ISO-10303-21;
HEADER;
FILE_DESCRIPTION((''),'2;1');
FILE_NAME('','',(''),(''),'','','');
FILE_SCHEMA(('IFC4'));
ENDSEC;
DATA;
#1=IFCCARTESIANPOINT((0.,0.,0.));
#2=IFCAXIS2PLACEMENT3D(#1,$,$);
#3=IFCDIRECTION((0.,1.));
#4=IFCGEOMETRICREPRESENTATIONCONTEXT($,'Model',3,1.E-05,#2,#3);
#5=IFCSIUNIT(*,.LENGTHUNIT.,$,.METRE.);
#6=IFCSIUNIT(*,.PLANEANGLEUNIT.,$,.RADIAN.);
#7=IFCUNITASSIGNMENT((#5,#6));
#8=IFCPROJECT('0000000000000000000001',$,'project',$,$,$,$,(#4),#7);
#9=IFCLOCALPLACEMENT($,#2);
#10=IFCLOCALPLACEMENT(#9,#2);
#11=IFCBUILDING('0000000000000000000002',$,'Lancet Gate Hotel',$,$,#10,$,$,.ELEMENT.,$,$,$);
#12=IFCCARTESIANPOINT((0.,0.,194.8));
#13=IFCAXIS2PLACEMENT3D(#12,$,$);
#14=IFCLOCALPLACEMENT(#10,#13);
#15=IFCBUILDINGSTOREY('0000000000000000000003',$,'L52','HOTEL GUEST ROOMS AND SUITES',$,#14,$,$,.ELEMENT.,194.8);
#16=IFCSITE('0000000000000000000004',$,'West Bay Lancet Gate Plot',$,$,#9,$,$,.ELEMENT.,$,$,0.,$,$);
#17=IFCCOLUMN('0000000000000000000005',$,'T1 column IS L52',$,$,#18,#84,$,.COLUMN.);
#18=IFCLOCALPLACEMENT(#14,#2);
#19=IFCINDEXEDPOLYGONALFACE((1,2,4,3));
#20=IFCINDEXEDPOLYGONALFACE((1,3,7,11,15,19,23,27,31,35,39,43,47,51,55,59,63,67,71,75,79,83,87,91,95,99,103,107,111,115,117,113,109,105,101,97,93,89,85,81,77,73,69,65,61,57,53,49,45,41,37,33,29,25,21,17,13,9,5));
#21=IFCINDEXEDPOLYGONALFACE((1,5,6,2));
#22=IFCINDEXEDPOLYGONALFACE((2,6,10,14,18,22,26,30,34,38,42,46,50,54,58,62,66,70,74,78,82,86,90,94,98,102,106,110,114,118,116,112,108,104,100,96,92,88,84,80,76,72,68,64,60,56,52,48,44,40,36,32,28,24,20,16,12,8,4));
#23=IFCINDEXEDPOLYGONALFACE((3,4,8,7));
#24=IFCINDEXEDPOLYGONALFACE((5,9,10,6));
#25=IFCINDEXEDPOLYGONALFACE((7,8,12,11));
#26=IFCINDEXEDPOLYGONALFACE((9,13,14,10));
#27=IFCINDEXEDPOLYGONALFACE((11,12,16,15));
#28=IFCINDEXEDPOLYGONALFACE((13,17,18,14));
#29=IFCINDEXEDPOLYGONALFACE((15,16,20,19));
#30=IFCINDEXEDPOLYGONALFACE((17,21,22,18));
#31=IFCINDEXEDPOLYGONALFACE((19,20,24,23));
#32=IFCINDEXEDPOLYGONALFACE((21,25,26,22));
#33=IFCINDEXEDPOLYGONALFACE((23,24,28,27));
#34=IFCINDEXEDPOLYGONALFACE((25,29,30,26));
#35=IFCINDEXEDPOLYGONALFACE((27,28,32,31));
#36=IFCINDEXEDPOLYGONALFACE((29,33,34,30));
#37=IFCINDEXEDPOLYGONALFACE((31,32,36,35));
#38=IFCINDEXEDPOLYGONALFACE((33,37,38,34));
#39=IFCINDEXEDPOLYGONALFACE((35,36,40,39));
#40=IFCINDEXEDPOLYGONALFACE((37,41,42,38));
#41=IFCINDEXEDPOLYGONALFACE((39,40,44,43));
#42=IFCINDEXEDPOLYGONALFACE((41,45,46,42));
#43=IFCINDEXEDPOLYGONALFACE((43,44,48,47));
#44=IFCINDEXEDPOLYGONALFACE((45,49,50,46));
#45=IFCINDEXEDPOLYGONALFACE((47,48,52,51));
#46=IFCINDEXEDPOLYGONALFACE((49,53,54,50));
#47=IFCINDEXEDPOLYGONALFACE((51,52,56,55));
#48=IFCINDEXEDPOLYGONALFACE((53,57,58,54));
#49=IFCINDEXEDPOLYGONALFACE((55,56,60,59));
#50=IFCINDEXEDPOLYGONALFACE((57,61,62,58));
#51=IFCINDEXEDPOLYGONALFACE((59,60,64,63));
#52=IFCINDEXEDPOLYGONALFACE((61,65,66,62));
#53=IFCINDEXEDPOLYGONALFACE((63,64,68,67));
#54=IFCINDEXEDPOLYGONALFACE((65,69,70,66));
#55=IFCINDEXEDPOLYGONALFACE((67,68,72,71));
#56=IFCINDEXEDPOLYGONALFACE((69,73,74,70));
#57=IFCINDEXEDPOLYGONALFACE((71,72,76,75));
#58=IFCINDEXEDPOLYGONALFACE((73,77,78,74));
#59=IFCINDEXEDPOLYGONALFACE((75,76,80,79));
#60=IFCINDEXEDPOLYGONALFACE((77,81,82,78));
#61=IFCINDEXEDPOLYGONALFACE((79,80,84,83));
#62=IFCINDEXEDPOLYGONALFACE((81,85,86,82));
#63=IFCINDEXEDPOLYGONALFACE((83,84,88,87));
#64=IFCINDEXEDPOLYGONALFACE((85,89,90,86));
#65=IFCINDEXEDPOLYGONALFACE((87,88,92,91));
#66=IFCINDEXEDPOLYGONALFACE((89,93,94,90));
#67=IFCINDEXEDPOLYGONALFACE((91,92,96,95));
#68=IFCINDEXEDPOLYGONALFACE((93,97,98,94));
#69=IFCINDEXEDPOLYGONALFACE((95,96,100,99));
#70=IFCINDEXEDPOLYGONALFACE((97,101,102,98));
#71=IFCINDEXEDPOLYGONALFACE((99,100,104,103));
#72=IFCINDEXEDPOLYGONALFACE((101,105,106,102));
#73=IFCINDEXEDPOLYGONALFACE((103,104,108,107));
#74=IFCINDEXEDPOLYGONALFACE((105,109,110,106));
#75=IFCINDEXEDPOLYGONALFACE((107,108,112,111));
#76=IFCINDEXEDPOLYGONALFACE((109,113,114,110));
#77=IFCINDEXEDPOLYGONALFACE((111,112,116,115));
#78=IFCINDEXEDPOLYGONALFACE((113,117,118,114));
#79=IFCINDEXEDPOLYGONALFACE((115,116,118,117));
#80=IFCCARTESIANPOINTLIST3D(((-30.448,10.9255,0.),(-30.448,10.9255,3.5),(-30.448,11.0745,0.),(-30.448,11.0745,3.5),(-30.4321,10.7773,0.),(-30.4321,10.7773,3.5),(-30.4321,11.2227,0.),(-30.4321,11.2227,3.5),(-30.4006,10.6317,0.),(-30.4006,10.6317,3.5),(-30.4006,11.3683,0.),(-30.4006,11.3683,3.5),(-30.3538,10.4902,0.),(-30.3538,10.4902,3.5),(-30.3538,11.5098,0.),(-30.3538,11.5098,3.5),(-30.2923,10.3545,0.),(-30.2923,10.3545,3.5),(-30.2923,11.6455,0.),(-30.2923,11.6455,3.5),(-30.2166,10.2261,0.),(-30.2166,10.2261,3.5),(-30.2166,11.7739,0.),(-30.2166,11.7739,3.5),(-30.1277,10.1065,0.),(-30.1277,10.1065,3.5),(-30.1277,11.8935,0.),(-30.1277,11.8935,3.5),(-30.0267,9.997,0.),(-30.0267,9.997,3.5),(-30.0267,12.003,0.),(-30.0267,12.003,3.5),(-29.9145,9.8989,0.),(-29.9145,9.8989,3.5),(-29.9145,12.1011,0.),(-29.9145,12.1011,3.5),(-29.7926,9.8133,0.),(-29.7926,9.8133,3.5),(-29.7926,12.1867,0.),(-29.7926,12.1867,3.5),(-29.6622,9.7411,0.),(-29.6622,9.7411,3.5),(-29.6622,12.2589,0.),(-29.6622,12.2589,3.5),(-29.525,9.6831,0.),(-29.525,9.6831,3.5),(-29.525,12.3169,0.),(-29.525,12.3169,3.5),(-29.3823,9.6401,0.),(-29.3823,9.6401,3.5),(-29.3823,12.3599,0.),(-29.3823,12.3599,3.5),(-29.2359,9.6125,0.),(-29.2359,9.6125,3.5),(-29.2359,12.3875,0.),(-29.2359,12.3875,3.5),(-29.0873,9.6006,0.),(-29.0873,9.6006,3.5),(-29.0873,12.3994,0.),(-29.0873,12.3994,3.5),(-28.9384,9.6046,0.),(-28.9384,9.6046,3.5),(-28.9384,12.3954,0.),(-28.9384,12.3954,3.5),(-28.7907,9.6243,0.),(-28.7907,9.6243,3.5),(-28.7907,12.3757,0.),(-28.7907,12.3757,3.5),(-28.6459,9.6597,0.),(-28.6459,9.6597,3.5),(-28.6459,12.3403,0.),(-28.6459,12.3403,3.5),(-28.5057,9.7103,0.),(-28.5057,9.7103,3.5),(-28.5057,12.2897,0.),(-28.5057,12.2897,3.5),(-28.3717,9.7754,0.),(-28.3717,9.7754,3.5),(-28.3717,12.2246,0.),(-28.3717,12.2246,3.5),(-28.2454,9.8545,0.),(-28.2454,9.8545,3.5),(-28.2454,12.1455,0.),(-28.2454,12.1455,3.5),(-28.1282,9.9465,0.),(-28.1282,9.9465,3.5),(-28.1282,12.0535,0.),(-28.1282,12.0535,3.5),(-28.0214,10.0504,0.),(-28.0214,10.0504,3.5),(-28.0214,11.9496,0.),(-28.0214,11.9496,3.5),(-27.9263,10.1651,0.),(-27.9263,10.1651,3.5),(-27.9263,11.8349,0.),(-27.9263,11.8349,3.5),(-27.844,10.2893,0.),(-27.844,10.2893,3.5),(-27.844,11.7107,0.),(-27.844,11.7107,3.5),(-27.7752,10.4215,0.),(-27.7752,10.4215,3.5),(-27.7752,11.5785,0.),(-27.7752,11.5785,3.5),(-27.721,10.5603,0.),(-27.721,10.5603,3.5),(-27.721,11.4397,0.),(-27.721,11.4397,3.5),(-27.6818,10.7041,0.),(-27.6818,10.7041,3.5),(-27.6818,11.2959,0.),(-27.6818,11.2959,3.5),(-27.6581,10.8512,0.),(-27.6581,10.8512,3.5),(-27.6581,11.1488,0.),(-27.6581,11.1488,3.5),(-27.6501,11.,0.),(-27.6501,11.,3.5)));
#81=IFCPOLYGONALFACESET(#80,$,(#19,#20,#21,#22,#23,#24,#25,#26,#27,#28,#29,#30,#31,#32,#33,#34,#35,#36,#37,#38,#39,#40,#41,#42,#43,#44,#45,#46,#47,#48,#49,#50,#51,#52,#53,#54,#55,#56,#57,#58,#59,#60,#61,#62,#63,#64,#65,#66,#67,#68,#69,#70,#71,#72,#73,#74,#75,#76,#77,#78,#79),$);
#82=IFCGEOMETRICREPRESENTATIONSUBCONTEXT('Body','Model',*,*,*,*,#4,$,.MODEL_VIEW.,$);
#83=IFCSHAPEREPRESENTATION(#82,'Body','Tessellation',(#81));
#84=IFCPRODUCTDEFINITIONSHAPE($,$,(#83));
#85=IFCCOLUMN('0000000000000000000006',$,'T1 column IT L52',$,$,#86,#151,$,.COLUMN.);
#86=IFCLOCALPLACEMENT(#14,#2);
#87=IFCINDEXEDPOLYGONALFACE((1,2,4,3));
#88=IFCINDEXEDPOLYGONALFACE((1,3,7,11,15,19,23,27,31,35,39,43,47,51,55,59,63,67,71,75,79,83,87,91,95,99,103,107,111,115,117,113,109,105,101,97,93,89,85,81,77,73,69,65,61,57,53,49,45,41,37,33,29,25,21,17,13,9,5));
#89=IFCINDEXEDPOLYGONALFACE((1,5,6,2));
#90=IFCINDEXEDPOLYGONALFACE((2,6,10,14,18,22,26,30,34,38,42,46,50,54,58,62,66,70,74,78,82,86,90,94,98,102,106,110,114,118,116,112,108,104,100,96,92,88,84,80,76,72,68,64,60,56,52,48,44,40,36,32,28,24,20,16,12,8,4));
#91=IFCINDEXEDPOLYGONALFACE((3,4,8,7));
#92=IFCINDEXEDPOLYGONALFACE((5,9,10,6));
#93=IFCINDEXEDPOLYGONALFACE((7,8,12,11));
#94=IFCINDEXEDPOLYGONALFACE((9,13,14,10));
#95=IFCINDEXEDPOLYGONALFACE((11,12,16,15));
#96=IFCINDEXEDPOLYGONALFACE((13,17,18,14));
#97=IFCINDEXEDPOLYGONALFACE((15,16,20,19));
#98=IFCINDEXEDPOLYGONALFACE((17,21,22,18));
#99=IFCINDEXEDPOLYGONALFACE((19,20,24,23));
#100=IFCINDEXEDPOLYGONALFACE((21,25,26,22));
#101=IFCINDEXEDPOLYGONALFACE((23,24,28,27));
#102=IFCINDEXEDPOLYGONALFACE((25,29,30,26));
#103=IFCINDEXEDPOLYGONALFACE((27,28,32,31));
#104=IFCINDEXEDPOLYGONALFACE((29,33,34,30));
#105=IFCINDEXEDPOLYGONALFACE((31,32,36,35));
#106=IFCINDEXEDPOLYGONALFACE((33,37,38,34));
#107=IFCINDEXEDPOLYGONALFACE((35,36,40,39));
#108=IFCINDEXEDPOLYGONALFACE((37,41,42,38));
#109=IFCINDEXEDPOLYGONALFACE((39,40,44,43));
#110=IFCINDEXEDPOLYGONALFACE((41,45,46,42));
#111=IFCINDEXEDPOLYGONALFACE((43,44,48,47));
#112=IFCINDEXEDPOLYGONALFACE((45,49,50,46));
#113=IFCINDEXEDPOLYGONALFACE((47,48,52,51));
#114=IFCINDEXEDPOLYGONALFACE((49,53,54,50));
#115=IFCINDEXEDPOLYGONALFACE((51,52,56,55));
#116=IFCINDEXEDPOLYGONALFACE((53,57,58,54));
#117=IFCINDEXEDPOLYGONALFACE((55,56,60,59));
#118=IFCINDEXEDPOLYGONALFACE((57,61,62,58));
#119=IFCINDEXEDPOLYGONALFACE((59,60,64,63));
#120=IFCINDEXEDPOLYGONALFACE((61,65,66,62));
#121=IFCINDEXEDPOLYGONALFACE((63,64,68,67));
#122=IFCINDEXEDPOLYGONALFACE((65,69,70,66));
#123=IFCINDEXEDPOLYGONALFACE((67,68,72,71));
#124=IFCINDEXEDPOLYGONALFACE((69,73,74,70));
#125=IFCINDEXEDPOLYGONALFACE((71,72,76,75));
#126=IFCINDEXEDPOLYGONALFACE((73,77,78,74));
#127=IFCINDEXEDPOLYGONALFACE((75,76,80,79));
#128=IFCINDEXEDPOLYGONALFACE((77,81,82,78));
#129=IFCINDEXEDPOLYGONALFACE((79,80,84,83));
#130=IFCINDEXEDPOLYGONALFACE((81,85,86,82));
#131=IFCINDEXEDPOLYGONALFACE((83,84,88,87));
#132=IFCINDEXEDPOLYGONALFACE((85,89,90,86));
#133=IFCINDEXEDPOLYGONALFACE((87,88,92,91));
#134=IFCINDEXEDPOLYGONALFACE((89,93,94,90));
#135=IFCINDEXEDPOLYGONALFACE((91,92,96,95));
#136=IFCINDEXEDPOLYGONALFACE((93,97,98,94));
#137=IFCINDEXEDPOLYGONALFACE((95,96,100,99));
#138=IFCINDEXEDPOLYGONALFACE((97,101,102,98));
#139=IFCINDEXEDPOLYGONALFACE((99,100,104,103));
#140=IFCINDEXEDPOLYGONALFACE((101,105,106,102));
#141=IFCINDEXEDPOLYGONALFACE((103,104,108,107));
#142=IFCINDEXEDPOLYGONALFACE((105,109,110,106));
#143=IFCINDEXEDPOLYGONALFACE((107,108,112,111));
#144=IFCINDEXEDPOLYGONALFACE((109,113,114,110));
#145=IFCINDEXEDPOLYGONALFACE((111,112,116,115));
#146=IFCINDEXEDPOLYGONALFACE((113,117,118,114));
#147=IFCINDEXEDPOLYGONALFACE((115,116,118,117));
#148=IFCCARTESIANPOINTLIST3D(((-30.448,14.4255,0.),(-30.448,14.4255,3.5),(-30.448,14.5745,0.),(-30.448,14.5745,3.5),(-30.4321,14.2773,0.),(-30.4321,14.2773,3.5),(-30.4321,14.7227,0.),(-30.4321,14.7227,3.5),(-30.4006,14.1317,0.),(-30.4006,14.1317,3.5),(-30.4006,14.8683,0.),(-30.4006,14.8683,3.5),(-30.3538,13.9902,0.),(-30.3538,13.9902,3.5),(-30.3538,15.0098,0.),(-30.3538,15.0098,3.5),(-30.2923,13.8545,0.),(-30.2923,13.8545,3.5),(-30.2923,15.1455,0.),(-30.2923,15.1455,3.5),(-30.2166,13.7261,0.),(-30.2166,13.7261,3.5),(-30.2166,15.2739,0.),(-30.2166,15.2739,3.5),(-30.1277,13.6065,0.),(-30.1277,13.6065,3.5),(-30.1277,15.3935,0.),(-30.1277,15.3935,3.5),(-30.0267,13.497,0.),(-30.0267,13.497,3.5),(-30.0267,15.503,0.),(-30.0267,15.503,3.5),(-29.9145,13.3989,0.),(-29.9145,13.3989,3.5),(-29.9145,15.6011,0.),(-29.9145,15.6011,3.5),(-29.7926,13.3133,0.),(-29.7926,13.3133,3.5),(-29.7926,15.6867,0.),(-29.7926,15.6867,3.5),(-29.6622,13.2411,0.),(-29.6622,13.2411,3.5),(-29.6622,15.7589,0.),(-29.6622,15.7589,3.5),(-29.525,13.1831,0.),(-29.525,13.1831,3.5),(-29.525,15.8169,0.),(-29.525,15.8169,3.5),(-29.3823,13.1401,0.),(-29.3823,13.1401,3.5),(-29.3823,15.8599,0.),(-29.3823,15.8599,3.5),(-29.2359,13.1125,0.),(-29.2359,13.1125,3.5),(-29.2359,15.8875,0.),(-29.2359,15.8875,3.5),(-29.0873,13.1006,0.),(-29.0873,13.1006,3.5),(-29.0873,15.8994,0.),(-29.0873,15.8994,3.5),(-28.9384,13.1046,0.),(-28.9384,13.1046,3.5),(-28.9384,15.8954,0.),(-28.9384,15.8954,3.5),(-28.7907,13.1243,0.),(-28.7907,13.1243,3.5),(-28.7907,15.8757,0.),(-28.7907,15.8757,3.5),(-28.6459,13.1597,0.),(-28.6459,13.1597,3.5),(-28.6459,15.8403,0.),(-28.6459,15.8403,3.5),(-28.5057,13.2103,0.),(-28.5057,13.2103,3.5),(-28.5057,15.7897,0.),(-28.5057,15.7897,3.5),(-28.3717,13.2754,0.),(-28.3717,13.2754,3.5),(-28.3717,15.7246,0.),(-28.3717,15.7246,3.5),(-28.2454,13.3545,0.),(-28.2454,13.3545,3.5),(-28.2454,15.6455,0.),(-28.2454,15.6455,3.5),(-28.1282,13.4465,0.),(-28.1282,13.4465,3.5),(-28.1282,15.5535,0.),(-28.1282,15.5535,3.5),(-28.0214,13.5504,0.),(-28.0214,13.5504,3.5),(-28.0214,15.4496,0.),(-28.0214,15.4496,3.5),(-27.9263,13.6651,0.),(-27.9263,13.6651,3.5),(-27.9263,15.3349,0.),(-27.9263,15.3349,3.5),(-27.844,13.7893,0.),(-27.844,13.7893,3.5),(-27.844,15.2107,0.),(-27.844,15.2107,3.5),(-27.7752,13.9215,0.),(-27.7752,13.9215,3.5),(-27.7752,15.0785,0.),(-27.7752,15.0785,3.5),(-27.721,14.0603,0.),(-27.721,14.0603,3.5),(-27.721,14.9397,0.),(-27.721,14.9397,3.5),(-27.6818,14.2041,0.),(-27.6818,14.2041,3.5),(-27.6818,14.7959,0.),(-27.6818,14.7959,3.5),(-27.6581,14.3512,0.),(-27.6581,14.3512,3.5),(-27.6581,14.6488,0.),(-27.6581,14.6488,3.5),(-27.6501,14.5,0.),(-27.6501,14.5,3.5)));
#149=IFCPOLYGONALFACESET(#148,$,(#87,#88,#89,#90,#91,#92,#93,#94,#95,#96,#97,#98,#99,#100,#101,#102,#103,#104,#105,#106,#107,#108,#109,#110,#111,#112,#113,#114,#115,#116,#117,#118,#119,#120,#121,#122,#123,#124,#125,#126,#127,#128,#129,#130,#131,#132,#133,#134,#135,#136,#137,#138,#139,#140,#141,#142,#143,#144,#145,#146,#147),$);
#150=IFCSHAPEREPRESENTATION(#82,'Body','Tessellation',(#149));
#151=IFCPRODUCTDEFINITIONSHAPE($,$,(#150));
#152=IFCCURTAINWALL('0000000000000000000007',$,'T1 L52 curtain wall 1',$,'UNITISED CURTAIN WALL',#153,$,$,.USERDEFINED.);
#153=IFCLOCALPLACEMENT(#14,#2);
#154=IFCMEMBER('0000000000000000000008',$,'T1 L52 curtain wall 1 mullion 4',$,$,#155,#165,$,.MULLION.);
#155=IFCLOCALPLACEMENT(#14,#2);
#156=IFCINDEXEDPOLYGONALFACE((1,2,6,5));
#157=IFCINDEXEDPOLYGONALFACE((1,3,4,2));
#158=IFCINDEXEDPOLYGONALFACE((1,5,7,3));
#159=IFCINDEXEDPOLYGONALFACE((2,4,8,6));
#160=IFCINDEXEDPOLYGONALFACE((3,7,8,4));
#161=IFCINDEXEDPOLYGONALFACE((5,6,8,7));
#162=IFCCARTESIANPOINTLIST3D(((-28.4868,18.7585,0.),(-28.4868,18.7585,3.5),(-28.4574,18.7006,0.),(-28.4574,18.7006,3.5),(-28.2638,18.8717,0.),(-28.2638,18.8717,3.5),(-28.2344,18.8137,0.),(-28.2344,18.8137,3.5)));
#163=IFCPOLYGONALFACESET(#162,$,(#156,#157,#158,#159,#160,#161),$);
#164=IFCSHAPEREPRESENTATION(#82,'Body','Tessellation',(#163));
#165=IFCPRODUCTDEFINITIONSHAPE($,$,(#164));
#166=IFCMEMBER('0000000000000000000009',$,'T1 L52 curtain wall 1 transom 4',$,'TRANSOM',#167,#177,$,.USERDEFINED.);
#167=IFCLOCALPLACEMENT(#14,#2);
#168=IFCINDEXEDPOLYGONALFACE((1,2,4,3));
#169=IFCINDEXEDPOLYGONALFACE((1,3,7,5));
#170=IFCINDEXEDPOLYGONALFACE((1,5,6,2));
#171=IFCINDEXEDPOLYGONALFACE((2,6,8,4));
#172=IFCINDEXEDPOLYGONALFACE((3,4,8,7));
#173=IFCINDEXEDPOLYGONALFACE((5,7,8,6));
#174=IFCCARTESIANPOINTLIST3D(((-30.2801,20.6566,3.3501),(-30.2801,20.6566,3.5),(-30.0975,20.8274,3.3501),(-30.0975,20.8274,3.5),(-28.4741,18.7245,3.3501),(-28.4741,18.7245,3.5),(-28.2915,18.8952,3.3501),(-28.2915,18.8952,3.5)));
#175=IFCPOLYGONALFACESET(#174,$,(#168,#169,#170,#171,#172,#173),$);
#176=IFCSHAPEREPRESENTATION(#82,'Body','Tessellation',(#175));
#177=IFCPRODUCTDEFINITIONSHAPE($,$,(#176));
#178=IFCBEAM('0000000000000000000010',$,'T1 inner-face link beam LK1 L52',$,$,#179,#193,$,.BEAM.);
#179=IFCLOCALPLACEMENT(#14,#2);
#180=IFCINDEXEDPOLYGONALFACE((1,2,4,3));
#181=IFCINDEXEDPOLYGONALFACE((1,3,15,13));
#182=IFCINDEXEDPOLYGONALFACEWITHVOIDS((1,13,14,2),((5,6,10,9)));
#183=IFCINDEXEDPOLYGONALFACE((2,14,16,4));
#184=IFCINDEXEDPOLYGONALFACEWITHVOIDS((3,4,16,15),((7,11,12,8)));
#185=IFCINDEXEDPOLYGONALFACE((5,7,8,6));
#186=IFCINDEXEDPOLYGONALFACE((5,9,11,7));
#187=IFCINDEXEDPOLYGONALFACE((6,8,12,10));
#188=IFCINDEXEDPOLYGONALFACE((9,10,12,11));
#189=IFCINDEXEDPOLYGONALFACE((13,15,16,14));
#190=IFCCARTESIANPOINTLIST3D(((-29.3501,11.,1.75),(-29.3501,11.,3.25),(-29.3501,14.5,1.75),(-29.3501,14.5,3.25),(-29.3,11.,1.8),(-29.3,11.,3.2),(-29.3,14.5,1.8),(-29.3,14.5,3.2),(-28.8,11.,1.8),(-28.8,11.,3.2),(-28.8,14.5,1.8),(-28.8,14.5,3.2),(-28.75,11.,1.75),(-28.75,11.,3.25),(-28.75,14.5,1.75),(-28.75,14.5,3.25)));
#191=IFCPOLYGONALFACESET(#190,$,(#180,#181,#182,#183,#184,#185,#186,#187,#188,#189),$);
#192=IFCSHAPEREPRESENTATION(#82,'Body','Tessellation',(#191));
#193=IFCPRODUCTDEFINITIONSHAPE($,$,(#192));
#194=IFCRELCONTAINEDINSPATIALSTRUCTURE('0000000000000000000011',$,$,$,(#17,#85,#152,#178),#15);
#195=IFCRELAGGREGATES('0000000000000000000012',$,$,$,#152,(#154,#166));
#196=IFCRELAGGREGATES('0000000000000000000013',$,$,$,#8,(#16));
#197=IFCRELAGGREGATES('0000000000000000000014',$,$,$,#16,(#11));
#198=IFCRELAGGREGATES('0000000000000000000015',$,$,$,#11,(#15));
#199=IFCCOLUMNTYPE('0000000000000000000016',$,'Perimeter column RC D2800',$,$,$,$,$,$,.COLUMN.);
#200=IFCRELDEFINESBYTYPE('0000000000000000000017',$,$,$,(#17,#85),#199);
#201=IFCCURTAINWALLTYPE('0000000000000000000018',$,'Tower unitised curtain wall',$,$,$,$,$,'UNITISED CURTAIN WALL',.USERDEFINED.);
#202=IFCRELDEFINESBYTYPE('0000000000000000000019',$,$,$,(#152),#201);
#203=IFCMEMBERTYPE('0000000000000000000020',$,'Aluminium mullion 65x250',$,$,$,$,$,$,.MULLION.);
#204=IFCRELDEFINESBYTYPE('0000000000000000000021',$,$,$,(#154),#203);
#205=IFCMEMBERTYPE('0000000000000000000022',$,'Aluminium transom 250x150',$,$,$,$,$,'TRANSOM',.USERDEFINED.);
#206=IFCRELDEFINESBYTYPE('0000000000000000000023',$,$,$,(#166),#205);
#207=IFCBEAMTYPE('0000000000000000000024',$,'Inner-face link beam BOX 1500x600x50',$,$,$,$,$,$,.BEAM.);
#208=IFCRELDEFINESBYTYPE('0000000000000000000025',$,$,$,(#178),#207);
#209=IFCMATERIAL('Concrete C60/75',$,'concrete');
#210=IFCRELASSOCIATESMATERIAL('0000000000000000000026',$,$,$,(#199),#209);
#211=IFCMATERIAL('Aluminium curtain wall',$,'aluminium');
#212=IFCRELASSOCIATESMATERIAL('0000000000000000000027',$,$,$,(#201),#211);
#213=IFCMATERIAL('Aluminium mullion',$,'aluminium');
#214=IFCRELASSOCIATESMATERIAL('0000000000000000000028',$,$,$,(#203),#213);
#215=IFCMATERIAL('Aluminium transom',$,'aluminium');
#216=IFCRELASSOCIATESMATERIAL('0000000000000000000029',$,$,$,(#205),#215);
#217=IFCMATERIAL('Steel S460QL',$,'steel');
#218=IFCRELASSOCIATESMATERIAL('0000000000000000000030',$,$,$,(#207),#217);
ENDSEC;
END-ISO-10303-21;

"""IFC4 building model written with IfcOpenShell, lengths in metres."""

from ifc_helpers import new_model, si_unit, direction, frame, origin, origin_2d, place, context, subcontext, project, spatial, rectangle, hollow_rectangle, circle, extrude, material, material_profile, profile_set, type_object, element, aggregate, save


model = new_model("IFC4")

# Units and contexts
model_context = context("Model", 3, precision=1e-05, world=origin(), true_north=direction((0.0, 1.0)))
body_context = subcontext(model_context, "Body", "Model", "MODEL_VIEW")
ifc_project = project(units=[si_unit("LENGTHUNIT", "METRE"), si_unit("PLANEANGLEUNIT", "RADIAN")], contexts=[model_context])

# Site, building, storey
site_placement = place(None, origin())
site = spatial("IfcSite", under=ifc_project, at=site_placement, Name="West Bay Lancet Gate Plot", CompositionType="ELEMENT", RefElevation=0.0)
building_placement = place(site_placement, origin())
building = spatial("IfcBuilding", under=site, at=building_placement, Name="Lancet Gate Hotel", CompositionType="ELEMENT")
storey_placement = place(building_placement, frame((0.0, 0.0, 194.8)))
storey = spatial("IfcBuildingStorey", under=building, at=storey_placement, Name="L52", Description="HOTEL GUEST ROOMS AND SUITES", CompositionType="ELEMENT", Elevation=194.8)

# Columns
ifc_material_1 = material(Name="Concrete C60/75", Category="concrete")
ifc_material_profile_1 = material_profile(ifc_material_1, circle(Radius=1.3999, at=origin_2d()), Name="RC D2800")
ifc_profile_set_1 = profile_set([ifc_material_profile_1], Name="Concrete C60/75")
column_type = type_object("IfcColumnType", Name="Perimeter column RC D2800", PredefinedType="COLUMN", material=ifc_profile_set_1)
for number, where, z_axis, x_axis, name in (
    (1, (-29.05, 11.0, 0.0), (0.0, 0.0, 1.0), (1.0, 0.0, 0.0), "T1 column IS L52"),
    (2, (-29.05, 14.5, 0.0), (0.0, 0.0, 1.0), (1.0, 0.0, 0.0), "T1 column IT L52"),
):
    element("IfcColumn", number, at=place(storey_placement, frame(where, z_axis=z_axis, x_axis=x_axis)), inside=storey, type_object=column_type, Name=name, PredefinedType="COLUMN", context=body_context, shape_type="SweptSolid", body=[
        extrude(circle(Radius=1.3999, at=origin_2d()), origin(), (0.0, 0.0, 1.0), 3.5),
    ])

# Curtain wall, members
ifc_material_2 = material(Name="Aluminium curtain wall", Category="aluminium")
curtain_wall_type = type_object("IfcCurtainWallType", Name="Tower unitised curtain wall", ElementType="UNITISED CURTAIN WALL", PredefinedType="USERDEFINED", material=ifc_material_2)
curtain_wall_placement = place(storey_placement, origin())
curtain_wall = element("IfcCurtainWall", 3, at=curtain_wall_placement, inside=storey, type_object=curtain_wall_type, Name="T1 L52 curtain wall 1", ObjectType="UNITISED CURTAIN WALL", PredefinedType="USERDEFINED")
ifc_material_3 = material(Name="Aluminium mullion", Category="aluminium")
ifc_material_profile_2 = material_profile(ifc_material_3, rectangle(XDim=0.0649, YDim=0.25, at=origin_2d()), Name="MULLION 65x250")
ifc_profile_set_2 = profile_set([ifc_material_profile_2], Name="Aluminium mullion")
member_type_1 = type_object("IfcMemberType", Name="Aluminium mullion 65x250", PredefinedType="MULLION", material=ifc_profile_set_2)
member_1_placement = place(storey_placement, frame((-28.3606, 18.7861, 0.0), z_axis=(0.0, 0.0, 1.0), x_axis=(-0.452508, 0.891761, 0.0)))
member_1 = element("IfcMember", 4, at=member_1_placement, type_object=member_type_1, Name="T1 L52 curtain wall 1 mullion 4", PredefinedType="MULLION", context=body_context, shape_type="SweptSolid", body=[
    extrude(rectangle(XDim=0.0649, YDim=0.25, at=origin_2d()), origin(), (0.0, 0.0, 1.0), 3.5),
])
ifc_material_4 = material(Name="Aluminium transom", Category="aluminium")
ifc_material_profile_3 = material_profile(ifc_material_4, rectangle(XDim=0.25, YDim=0.1499, at=origin_2d()), Name="TRANSOM 250x150")
ifc_profile_set_3 = profile_set([ifc_material_profile_3], Name="Aluminium transom")
member_type_2 = type_object("IfcMemberType", Name="Aluminium transom 250x150", ElementType="TRANSOM", PredefinedType="USERDEFINED", material=ifc_profile_set_3)
member_2_placement = place(storey_placement, frame((-28.3828, 18.8098, 3.425), z_axis=(-0.682841, 0.730567, 0.0), x_axis=(-0.730567, -0.682841, 0.0)))
member_2 = element("IfcMember", 5, at=member_2_placement, type_object=member_type_2, Name="T1 L52 curtain wall 1 transom 4", ObjectType="TRANSOM", PredefinedType="USERDEFINED", context=body_context, shape_type="SweptSolid", body=[
    extrude(rectangle(XDim=0.25, YDim=0.1499, at=origin_2d()), origin(), (0.0, 0.0, 1.0), 2.6448),
])

# Beam
ifc_material_5 = material(Name="Steel S460QL", Category="steel")
ifc_material_profile_4 = material_profile(ifc_material_5, hollow_rectangle(XDim=0.6001, YDim=1.5, WallThickness=0.05, at=origin_2d()), Name="BOX 1500x600x50")
ifc_profile_set_4 = profile_set([ifc_material_profile_4], Name="Steel S460QL")
beam_type = type_object("IfcBeamType", Name="Inner-face link beam BOX 1500x600x50", PredefinedType="BEAM", material=ifc_profile_set_4)
beam_placement = place(storey_placement, frame((-29.05, 14.5, 2.5), z_axis=(0.0, -1.0, 0.0), x_axis=(1.0, 0.0, 0.0)))
element("IfcBeam", 6, at=beam_placement, inside=storey, type_object=beam_type, Name="T1 inner-face link beam LK1 L52", PredefinedType="BEAM", context=body_context, shape_type="SweptSolid", body=[
    extrude(hollow_rectangle(XDim=0.6001, YDim=1.5, WallThickness=0.05, at=origin_2d()), origin(), (0.0, 0.0, 1.0), 3.5),
])

aggregate(curtain_wall, [member_1, member_2])

save(model, "model.ifc")
